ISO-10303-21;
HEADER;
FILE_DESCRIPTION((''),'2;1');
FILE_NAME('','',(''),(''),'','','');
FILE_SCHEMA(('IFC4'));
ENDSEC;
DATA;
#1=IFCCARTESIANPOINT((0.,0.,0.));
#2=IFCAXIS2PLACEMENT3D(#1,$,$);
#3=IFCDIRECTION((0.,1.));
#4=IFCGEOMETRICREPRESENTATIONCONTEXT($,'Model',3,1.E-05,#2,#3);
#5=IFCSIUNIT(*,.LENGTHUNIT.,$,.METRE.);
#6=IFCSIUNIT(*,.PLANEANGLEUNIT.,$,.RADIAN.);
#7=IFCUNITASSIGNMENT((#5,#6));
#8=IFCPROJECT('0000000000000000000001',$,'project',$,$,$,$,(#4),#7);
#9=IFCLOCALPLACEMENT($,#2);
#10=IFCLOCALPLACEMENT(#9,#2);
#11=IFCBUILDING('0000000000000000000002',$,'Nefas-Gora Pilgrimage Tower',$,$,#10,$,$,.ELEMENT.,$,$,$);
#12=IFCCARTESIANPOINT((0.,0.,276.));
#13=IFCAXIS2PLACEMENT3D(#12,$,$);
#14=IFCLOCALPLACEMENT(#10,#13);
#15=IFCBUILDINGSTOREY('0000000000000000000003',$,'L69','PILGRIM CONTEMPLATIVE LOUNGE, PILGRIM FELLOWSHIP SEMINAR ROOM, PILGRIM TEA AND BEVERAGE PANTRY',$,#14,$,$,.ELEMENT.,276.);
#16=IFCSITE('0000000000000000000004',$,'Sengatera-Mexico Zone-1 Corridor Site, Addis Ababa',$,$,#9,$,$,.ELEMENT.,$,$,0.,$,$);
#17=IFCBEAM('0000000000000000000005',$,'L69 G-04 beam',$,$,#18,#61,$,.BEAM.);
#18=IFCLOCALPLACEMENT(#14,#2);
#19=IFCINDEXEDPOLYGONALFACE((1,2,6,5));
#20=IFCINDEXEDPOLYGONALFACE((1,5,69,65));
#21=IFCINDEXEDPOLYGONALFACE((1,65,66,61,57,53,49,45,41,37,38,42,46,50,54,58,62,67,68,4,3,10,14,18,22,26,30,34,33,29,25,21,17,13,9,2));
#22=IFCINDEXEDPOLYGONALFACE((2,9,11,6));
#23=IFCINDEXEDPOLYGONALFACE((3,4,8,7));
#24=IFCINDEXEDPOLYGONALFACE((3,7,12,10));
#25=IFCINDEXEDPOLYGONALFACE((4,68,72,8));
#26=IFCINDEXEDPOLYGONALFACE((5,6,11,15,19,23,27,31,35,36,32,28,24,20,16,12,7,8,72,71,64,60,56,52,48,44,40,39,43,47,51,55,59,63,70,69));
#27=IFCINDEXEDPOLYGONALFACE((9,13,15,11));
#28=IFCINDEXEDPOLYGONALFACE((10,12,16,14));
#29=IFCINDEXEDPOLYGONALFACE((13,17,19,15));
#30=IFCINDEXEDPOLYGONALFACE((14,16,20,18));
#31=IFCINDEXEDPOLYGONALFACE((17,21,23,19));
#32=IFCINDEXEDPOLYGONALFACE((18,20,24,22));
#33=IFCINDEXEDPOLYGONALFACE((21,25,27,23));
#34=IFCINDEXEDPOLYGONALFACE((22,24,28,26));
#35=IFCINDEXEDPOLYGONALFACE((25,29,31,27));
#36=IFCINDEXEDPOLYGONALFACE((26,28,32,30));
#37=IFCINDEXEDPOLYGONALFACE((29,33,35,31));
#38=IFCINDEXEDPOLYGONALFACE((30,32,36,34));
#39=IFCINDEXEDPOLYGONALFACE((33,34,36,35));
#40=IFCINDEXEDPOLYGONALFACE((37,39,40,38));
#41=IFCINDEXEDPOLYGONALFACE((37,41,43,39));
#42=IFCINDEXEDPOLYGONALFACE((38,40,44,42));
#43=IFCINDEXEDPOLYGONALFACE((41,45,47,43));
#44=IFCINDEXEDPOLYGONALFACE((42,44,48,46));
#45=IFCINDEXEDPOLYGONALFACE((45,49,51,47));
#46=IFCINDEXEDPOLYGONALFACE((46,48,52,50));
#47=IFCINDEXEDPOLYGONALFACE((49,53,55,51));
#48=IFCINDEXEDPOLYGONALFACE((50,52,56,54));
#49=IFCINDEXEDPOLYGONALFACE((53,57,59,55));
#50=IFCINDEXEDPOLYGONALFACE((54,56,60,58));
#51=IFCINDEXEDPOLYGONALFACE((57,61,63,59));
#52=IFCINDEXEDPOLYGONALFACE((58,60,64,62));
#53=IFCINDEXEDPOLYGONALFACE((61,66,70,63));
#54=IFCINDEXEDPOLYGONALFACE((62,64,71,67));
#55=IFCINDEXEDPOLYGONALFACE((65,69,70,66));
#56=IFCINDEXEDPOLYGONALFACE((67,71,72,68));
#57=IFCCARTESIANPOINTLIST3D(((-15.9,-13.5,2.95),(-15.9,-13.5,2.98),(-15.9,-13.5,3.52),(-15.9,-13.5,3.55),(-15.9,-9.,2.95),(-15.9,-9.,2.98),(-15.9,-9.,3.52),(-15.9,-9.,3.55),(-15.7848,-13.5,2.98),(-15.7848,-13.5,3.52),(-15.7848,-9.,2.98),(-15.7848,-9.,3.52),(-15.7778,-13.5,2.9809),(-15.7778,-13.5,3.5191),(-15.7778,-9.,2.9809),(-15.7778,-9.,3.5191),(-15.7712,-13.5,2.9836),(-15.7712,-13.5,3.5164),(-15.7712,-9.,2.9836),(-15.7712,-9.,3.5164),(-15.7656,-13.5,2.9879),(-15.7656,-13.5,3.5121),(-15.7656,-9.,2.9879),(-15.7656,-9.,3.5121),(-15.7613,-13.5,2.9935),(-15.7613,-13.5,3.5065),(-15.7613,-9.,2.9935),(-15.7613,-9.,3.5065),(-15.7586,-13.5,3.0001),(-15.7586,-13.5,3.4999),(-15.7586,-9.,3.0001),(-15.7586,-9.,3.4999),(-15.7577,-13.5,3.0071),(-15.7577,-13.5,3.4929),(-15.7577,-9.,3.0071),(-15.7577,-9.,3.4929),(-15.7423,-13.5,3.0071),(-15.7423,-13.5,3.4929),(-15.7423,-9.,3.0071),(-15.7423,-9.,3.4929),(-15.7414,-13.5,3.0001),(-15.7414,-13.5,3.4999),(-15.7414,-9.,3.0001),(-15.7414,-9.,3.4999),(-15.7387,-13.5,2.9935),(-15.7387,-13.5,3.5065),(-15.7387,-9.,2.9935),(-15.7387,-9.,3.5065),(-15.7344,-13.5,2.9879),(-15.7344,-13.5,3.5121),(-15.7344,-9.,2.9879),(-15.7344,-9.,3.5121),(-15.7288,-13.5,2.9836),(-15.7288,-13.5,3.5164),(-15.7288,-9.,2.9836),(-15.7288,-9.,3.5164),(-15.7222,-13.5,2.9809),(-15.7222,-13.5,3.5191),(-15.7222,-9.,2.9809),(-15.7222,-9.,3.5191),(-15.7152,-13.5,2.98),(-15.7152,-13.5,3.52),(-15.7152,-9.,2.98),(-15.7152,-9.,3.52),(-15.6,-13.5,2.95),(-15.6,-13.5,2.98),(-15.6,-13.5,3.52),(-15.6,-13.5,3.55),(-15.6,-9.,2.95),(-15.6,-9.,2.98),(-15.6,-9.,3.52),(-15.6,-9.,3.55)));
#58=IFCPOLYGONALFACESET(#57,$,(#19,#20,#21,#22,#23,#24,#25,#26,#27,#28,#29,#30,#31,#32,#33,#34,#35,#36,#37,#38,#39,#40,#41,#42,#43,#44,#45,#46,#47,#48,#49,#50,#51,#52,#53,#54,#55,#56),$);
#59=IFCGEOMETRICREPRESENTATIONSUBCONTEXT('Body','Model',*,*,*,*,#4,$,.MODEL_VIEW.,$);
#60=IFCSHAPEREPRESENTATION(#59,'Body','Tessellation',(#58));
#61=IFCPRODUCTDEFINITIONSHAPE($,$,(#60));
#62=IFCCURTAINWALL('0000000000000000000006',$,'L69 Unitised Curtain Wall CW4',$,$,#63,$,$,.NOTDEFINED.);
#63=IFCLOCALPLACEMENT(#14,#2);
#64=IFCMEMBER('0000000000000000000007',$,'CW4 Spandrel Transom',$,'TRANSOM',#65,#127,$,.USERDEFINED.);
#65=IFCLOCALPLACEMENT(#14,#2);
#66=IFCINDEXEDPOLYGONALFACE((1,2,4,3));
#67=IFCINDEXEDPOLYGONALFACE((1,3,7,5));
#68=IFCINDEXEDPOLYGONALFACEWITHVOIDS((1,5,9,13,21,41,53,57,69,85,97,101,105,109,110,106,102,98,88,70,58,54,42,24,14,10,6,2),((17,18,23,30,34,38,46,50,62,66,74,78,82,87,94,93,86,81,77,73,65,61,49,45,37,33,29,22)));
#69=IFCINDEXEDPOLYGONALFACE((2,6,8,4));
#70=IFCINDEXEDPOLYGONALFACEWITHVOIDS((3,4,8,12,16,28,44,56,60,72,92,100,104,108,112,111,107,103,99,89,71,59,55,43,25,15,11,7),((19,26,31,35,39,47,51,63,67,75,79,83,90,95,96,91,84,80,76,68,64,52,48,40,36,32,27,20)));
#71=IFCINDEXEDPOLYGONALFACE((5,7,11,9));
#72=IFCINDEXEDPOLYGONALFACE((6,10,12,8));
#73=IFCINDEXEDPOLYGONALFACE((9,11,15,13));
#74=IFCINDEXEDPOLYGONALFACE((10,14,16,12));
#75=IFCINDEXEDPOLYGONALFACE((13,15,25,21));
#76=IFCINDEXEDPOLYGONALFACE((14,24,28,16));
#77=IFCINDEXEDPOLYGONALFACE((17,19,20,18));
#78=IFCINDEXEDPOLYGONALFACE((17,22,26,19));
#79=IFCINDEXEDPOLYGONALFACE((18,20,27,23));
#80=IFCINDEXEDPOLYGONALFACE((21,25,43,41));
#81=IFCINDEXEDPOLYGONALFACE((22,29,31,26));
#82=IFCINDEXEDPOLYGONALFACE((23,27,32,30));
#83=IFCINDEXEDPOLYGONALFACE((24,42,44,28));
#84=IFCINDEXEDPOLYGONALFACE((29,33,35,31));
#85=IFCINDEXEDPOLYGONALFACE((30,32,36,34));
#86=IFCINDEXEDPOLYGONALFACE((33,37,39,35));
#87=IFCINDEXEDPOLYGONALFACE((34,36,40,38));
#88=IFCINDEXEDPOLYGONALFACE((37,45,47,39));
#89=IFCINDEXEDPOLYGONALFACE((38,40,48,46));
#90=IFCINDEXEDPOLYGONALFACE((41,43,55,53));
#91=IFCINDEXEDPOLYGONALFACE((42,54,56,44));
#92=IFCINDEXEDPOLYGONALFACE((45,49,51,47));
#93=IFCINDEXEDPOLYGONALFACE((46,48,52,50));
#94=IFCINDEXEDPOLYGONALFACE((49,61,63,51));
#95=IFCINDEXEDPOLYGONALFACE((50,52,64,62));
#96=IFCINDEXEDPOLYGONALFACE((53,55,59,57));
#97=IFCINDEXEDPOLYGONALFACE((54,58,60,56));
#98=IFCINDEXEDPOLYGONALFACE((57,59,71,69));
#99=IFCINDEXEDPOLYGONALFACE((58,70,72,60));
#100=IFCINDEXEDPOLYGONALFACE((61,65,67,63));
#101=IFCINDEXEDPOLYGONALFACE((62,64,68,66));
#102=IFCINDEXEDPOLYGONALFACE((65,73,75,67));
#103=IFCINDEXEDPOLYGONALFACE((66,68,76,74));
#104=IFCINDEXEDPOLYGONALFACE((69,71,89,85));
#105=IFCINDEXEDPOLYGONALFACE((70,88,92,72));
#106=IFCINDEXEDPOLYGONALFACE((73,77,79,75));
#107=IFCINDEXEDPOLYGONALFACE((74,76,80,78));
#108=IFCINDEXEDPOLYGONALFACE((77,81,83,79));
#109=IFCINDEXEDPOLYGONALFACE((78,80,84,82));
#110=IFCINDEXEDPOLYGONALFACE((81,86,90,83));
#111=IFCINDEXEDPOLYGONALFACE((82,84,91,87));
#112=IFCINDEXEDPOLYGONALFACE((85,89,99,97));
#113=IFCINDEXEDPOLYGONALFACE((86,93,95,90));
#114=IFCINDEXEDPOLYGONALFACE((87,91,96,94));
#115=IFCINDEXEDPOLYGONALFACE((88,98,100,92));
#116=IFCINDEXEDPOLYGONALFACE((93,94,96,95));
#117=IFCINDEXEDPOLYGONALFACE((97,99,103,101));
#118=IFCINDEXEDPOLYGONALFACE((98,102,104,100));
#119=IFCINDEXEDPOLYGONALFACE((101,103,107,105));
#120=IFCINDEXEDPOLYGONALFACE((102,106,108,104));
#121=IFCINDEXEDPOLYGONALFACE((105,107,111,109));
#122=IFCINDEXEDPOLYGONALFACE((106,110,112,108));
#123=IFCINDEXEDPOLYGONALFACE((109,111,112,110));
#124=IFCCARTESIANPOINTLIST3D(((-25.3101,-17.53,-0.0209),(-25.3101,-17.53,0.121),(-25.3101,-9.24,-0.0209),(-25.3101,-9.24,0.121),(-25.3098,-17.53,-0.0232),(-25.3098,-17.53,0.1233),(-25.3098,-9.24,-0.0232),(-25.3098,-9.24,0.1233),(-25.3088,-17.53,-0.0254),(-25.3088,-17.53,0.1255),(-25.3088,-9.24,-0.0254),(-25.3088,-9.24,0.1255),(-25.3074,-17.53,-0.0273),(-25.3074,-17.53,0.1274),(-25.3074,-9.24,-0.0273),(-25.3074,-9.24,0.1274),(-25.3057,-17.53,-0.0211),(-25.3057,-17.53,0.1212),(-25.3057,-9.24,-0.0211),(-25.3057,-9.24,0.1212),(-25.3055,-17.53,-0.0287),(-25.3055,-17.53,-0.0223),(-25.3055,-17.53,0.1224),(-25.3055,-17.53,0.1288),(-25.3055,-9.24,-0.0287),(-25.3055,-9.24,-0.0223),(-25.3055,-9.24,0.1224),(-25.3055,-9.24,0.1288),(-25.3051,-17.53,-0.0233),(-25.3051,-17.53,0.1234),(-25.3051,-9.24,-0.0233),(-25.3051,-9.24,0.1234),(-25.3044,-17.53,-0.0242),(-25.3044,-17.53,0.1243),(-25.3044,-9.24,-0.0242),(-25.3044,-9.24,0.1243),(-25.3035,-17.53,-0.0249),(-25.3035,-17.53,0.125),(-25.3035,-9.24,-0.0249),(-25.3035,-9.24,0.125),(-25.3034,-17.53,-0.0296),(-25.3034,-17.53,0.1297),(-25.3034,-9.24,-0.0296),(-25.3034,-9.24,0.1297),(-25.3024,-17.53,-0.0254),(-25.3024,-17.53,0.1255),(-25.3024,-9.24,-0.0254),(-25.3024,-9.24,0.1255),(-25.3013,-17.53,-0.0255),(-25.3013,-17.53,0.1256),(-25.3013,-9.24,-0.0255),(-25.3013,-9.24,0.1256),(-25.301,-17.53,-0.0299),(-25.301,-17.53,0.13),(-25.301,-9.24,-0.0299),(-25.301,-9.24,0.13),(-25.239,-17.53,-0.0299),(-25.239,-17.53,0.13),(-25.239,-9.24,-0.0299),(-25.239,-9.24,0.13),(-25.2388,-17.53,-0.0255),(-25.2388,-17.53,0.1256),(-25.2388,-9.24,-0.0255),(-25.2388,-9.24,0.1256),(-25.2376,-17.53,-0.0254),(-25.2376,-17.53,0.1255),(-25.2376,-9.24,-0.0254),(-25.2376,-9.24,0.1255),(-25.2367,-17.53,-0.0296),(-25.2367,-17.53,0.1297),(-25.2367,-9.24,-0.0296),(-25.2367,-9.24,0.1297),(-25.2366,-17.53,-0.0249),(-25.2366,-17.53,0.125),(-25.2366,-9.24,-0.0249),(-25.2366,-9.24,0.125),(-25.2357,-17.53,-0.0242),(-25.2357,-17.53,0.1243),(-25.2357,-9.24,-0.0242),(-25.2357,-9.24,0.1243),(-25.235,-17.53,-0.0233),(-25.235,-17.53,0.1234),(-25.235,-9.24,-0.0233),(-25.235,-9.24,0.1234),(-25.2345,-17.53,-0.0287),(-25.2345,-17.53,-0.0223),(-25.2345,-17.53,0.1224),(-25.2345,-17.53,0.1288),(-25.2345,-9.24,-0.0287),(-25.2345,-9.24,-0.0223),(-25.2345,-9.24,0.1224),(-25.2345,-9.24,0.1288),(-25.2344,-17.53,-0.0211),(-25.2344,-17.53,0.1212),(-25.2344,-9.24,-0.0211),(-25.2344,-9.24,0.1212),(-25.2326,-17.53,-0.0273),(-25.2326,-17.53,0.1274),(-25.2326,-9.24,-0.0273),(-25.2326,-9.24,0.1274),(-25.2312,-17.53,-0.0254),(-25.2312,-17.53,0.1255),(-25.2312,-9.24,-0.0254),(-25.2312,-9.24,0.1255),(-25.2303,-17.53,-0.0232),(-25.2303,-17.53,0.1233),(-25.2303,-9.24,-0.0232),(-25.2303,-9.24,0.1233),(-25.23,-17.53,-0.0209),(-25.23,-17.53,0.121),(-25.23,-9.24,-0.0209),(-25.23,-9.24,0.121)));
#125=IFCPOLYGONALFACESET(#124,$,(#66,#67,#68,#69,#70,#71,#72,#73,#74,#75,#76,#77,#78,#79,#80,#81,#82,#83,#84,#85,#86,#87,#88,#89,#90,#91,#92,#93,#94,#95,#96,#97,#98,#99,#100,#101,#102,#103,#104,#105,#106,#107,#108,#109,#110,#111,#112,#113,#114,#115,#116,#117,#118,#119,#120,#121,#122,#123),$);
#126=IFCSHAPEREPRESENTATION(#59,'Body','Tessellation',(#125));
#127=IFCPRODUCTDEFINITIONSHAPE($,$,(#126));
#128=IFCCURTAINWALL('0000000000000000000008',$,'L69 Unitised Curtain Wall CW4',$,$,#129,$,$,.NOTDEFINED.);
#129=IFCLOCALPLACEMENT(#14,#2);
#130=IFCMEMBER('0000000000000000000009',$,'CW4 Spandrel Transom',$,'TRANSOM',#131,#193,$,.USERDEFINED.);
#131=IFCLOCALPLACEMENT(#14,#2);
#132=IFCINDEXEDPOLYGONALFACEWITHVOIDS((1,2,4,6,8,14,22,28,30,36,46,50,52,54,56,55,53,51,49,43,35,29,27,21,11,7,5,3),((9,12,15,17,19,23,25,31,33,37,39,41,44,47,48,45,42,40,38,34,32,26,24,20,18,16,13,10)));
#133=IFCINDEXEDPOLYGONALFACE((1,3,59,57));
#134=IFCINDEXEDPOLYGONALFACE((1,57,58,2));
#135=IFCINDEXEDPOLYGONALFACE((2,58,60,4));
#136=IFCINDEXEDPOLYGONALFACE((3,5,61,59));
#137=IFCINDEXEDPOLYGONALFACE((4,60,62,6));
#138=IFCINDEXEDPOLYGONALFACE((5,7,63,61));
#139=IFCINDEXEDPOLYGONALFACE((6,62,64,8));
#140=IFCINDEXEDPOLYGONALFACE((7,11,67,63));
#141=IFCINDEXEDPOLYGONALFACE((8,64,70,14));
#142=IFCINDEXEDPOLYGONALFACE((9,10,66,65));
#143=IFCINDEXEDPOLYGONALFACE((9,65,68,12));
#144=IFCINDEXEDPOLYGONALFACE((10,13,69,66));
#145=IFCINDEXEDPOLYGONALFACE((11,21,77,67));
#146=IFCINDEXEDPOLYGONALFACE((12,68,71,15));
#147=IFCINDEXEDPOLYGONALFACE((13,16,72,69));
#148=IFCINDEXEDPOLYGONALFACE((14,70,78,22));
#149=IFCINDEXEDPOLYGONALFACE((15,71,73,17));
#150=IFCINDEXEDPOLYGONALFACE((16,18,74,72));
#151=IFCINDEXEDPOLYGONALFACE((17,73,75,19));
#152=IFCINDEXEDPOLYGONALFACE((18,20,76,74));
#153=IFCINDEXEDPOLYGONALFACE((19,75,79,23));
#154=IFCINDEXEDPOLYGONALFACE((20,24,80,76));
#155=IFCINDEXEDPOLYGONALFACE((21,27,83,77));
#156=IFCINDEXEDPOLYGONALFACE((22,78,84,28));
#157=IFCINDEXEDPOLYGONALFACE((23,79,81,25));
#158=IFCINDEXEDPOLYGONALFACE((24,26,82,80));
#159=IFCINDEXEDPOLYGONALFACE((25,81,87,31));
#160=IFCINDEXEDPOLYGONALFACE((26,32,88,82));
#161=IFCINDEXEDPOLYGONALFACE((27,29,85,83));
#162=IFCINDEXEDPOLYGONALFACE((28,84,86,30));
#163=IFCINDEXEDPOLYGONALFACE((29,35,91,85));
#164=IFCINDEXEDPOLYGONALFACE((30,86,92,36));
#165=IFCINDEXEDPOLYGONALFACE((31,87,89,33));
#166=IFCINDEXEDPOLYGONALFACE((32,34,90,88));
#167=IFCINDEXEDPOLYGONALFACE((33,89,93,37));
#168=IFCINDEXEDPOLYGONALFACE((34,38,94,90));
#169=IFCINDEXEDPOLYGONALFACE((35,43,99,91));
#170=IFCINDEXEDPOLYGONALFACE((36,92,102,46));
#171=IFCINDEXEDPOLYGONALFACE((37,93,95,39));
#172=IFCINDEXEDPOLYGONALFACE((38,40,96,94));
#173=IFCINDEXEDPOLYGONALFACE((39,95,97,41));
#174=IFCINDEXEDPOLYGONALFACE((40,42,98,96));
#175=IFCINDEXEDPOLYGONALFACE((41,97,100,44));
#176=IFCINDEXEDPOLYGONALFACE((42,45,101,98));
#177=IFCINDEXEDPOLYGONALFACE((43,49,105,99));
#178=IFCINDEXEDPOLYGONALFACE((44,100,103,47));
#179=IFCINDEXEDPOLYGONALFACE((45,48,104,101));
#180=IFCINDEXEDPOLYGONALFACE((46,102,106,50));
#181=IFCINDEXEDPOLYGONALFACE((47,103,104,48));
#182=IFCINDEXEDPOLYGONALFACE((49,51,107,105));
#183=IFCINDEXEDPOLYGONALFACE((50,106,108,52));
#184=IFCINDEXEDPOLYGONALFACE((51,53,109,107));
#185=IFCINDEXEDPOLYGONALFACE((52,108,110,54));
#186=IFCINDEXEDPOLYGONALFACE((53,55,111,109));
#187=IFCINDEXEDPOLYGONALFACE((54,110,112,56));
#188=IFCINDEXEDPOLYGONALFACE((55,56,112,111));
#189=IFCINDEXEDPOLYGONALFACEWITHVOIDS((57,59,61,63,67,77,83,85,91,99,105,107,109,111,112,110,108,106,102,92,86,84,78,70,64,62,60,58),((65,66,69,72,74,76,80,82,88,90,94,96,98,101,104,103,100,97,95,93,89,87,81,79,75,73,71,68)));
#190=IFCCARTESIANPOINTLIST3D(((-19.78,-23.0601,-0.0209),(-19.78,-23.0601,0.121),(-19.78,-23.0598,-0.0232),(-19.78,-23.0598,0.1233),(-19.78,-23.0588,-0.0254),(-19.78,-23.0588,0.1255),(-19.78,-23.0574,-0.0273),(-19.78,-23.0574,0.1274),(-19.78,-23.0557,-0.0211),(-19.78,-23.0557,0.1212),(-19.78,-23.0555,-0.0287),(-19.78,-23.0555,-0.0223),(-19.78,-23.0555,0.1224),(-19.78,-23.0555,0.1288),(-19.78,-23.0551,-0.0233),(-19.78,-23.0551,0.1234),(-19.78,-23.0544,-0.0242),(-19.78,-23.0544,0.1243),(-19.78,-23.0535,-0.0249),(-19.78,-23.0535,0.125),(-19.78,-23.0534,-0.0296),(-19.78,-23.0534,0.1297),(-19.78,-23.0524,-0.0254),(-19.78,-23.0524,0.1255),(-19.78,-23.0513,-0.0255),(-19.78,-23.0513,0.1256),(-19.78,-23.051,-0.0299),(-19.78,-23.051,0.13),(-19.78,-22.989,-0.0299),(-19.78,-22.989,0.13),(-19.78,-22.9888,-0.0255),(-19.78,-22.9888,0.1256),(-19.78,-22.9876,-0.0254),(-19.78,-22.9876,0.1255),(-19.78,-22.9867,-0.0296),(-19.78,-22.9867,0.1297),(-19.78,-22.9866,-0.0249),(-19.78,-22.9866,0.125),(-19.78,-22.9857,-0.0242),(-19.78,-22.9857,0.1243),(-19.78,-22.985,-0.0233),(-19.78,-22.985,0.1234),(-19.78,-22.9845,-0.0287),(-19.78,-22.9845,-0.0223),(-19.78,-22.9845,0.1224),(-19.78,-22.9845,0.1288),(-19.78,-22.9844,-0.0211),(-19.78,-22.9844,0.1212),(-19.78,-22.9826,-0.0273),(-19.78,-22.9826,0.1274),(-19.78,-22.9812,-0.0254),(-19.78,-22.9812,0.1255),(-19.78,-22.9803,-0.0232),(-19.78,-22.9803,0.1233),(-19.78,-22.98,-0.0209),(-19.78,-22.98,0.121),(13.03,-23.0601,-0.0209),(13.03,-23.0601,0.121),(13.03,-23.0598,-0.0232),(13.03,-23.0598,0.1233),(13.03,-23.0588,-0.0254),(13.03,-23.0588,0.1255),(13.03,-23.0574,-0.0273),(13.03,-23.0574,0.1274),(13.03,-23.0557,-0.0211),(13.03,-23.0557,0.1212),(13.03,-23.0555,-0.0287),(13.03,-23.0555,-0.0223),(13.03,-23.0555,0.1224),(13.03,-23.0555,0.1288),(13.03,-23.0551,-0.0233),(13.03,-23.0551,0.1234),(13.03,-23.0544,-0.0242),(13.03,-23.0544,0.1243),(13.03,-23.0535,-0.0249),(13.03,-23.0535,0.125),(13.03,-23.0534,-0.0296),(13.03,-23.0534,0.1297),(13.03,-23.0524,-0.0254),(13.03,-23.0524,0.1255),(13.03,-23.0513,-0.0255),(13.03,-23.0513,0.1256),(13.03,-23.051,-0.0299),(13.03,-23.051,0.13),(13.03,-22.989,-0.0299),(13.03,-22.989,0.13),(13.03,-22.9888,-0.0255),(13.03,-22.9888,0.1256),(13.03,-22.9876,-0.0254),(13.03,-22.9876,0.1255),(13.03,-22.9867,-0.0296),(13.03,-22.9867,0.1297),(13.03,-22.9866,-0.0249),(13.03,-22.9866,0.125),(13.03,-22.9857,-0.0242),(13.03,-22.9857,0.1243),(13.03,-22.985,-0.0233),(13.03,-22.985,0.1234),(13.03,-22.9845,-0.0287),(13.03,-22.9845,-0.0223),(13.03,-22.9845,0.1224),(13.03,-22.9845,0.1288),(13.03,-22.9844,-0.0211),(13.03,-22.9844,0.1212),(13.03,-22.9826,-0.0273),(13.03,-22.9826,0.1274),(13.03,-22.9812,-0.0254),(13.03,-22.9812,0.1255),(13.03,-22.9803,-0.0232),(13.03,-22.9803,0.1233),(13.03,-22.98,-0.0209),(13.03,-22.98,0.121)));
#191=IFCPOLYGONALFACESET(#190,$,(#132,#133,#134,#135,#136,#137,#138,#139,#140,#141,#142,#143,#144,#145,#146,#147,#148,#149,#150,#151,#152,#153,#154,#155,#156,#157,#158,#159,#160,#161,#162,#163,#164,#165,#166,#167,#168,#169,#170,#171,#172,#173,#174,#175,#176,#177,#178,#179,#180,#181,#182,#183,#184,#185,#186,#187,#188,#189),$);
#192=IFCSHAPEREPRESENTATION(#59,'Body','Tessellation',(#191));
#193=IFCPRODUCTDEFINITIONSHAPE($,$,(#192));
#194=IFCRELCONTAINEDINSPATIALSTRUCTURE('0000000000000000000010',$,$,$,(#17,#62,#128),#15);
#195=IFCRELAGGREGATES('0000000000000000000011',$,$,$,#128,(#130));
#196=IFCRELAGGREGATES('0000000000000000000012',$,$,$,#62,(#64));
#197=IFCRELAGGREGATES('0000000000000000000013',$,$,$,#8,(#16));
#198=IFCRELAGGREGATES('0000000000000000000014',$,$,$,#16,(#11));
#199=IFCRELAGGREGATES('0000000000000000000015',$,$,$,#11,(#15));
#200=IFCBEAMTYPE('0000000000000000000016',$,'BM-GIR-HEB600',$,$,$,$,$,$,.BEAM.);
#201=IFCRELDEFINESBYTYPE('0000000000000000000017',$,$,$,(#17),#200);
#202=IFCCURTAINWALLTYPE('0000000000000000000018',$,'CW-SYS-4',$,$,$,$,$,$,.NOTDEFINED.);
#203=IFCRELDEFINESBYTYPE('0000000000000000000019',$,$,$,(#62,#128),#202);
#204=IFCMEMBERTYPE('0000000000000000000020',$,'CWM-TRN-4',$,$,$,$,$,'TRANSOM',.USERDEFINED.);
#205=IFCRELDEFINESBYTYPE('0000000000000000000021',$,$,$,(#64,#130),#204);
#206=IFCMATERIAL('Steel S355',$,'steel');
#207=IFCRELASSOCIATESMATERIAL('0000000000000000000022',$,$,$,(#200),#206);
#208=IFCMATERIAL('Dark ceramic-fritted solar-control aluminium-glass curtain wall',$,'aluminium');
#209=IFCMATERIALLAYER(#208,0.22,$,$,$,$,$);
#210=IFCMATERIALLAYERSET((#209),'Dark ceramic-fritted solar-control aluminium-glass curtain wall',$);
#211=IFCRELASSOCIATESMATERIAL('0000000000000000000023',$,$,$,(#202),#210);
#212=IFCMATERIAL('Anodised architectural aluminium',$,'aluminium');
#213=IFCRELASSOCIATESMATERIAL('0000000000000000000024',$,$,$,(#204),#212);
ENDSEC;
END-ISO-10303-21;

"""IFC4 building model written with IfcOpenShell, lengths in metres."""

from ifc_helpers import new_model, si_unit, direction, frame, origin, origin_2d, place, context, subcontext, project, spatial, hollow_rectangle, i_section, extrude, source, transform, mapped, material, layer, layer_set, material_profile, profile_set, type_object, element, aggregate, save


model = new_model("IFC4")

# Units and contexts
model_context = context("Model", 3, precision=1e-05, world=origin(), true_north=direction((0.0, 1.0)))
body_context = subcontext(model_context, "Body", "Model", "MODEL_VIEW")
ifc_project = project(units=[si_unit("LENGTHUNIT", "METRE"), si_unit("PLANEANGLEUNIT", "RADIAN")], contexts=[model_context])

# Site, building, storey
site_placement = place(None, origin())
site = spatial("IfcSite", under=ifc_project, at=site_placement, Name="Sengatera-Mexico Zone-1 Corridor Site, Addis Ababa", CompositionType="ELEMENT", RefElevation=0.0)
building_placement = place(site_placement, origin())
building = spatial("IfcBuilding", under=site, at=building_placement, Name="Nefas-Gora Pilgrimage Tower", CompositionType="ELEMENT")
storey_placement = place(building_placement, frame((0.0, 0.0, 276.0)))
storey = spatial("IfcBuildingStorey", under=building, at=storey_placement, Name="L69", Description="PILGRIM CONTEMPLATIVE LOUNGE, PILGRIM FELLOWSHIP SEMINAR ROOM, PILGRIM TEA AND BEVERAGE PANTRY", CompositionType="ELEMENT", Elevation=276.0)

# Shared definitions
ifc_material_1 = material(Name="Steel S355", Category="steel")

# Beam
ifc_material_profile_1 = material_profile(ifc_material_1, i_section(OverallWidth=0.3, OverallDepth=0.6001, WebThickness=0.0154, FlangeThickness=0.03, FilletRadius=0.0271, at=origin_2d()), Name="HEB 600")
ifc_profile_set_1 = profile_set([ifc_material_profile_1], Name="Steel S355")
beam_type_1 = type_object("IfcBeamType", Name="BM-GIR-HEB600", PredefinedType="BEAM", material=ifc_profile_set_1)
shared_shape_1 = source(origin(), body_context, "Body", "SweptSolid", [
    extrude(i_section(OverallWidth=0.3, OverallDepth=0.6001, WebThickness=0.0154, FlangeThickness=0.03, FilletRadius=0.0271, at=origin_2d()), origin(), (0.0, 0.0, 1.0), 4.5),
])
beam_placement = place(storey_placement, frame((-15.75, -13.5, 3.25), z_axis=(0.0, 1.0, 0.0), x_axis=(-1.0, 0.0, 0.0)))
element("IfcBeam", 1, at=beam_placement, inside=storey, type_object=beam_type_1, Name="L69 G-04 beam", PredefinedType="BEAM", context=body_context, shape_type="MappedRepresentation", body=[
    mapped(shared_shape_1, transform((0.0, 0.0, 0.0), x_axis=(1.0, 0.0, 0.0), y_axis=(0.0, 1.0, 0.0), z_axis=(0.0, 0.0, 1.0), scale=1.0)),
])

# Curtain walls, members
ifc_material_2 = material(Name="Dark ceramic-fritted solar-control aluminium-glass curtain wall", Category="aluminium")
ifc_layer_1 = layer(ifc_material_2, 0.22)
ifc_layer_set_1 = layer_set([ifc_layer_1], Name="Dark ceramic-fritted solar-control aluminium-glass curtain wall")
curtain_wall_type = type_object("IfcCurtainWallType", Name="CW-SYS-4", PredefinedType="NOTDEFINED", material=ifc_layer_set_1)
curtain_wall_1_placement = place(storey_placement, origin())
curtain_wall_1 = element("IfcCurtainWall", 2, at=curtain_wall_1_placement, inside=storey, type_object=curtain_wall_type, Name="L69 Unitised Curtain Wall CW4", PredefinedType="NOTDEFINED")
ifc_material_3 = material(Name="Anodised architectural aluminium", Category="aluminium")
ifc_material_profile_2 = material_profile(ifc_material_3, hollow_rectangle(XDim=0.0801, YDim=0.1599, WallThickness=0.0044, InnerFilletRadius=0.0044, OuterFilletRadius=0.009, at=origin_2d()), Name="ALU TRANSOM 80x160")
ifc_profile_set_2 = profile_set([ifc_material_profile_2], Name="Anodised architectural aluminium")
member_type_1 = type_object("IfcMemberType", Name="CWM-TRN-4", ElementType="TRANSOM", PredefinedType="USERDEFINED", material=ifc_profile_set_2)
shared_shape_2 = source(origin(), body_context, "Body", "SweptSolid", [
    extrude(hollow_rectangle(XDim=0.0801, YDim=0.1599, WallThickness=0.0044, InnerFilletRadius=0.0044, OuterFilletRadius=0.009, at=origin_2d()), origin(), (0.0, 0.0, 1.0), 8.29),
])
member_1_placement = place(storey_placement, frame((-25.27, -9.24, 0.05), z_axis=(0.0, -1.0, 0.0), x_axis=(1.0, 0.0, 0.0)))
member_1 = element("IfcMember", 3, at=member_1_placement, type_object=member_type_1, Name="CW4 Spandrel Transom", ObjectType="TRANSOM", PredefinedType="USERDEFINED", context=body_context, shape_type="MappedRepresentation", body=[
    mapped(shared_shape_2, transform((0.0, 0.0, 0.0), x_axis=(1.0, 0.0, 0.0), y_axis=(0.0, 1.0, 0.0), z_axis=(0.0, 0.0, 1.0), scale=1.0)),
])
curtain_wall_2_placement = place(storey_placement, origin())
curtain_wall_2 = element("IfcCurtainWall", 4, at=curtain_wall_2_placement, inside=storey, type_object=curtain_wall_type, Name="L69 Unitised Curtain Wall CW4", PredefinedType="NOTDEFINED")
shared_shape_3 = source(origin(), body_context, "Body", "SweptSolid", [
    extrude(hollow_rectangle(XDim=0.0801, YDim=0.1599, WallThickness=0.0044, InnerFilletRadius=0.0044, OuterFilletRadius=0.009, at=origin_2d()), origin(), (0.0, 0.0, 1.0), 32.8101),
])
member_2_placement = place(storey_placement, frame((-19.78, -23.02, 0.05), z_axis=(1.0, 0.0, 0.0), x_axis=(0.0, 1.0, 0.0)))
member_2 = element("IfcMember", 5, at=member_2_placement, type_object=member_type_1, Name="CW4 Spandrel Transom", ObjectType="TRANSOM", PredefinedType="USERDEFINED", context=body_context, shape_type="MappedRepresentation", body=[
    mapped(shared_shape_3, transform((0.0, 0.0, 0.0), x_axis=(1.0, 0.0, 0.0), y_axis=(0.0, 1.0, 0.0), z_axis=(0.0, 0.0, 1.0), scale=1.0)),
])

aggregate(curtain_wall_2, [member_2])

aggregate(curtain_wall_1, [member_1])

save(model, "model.ifc")
